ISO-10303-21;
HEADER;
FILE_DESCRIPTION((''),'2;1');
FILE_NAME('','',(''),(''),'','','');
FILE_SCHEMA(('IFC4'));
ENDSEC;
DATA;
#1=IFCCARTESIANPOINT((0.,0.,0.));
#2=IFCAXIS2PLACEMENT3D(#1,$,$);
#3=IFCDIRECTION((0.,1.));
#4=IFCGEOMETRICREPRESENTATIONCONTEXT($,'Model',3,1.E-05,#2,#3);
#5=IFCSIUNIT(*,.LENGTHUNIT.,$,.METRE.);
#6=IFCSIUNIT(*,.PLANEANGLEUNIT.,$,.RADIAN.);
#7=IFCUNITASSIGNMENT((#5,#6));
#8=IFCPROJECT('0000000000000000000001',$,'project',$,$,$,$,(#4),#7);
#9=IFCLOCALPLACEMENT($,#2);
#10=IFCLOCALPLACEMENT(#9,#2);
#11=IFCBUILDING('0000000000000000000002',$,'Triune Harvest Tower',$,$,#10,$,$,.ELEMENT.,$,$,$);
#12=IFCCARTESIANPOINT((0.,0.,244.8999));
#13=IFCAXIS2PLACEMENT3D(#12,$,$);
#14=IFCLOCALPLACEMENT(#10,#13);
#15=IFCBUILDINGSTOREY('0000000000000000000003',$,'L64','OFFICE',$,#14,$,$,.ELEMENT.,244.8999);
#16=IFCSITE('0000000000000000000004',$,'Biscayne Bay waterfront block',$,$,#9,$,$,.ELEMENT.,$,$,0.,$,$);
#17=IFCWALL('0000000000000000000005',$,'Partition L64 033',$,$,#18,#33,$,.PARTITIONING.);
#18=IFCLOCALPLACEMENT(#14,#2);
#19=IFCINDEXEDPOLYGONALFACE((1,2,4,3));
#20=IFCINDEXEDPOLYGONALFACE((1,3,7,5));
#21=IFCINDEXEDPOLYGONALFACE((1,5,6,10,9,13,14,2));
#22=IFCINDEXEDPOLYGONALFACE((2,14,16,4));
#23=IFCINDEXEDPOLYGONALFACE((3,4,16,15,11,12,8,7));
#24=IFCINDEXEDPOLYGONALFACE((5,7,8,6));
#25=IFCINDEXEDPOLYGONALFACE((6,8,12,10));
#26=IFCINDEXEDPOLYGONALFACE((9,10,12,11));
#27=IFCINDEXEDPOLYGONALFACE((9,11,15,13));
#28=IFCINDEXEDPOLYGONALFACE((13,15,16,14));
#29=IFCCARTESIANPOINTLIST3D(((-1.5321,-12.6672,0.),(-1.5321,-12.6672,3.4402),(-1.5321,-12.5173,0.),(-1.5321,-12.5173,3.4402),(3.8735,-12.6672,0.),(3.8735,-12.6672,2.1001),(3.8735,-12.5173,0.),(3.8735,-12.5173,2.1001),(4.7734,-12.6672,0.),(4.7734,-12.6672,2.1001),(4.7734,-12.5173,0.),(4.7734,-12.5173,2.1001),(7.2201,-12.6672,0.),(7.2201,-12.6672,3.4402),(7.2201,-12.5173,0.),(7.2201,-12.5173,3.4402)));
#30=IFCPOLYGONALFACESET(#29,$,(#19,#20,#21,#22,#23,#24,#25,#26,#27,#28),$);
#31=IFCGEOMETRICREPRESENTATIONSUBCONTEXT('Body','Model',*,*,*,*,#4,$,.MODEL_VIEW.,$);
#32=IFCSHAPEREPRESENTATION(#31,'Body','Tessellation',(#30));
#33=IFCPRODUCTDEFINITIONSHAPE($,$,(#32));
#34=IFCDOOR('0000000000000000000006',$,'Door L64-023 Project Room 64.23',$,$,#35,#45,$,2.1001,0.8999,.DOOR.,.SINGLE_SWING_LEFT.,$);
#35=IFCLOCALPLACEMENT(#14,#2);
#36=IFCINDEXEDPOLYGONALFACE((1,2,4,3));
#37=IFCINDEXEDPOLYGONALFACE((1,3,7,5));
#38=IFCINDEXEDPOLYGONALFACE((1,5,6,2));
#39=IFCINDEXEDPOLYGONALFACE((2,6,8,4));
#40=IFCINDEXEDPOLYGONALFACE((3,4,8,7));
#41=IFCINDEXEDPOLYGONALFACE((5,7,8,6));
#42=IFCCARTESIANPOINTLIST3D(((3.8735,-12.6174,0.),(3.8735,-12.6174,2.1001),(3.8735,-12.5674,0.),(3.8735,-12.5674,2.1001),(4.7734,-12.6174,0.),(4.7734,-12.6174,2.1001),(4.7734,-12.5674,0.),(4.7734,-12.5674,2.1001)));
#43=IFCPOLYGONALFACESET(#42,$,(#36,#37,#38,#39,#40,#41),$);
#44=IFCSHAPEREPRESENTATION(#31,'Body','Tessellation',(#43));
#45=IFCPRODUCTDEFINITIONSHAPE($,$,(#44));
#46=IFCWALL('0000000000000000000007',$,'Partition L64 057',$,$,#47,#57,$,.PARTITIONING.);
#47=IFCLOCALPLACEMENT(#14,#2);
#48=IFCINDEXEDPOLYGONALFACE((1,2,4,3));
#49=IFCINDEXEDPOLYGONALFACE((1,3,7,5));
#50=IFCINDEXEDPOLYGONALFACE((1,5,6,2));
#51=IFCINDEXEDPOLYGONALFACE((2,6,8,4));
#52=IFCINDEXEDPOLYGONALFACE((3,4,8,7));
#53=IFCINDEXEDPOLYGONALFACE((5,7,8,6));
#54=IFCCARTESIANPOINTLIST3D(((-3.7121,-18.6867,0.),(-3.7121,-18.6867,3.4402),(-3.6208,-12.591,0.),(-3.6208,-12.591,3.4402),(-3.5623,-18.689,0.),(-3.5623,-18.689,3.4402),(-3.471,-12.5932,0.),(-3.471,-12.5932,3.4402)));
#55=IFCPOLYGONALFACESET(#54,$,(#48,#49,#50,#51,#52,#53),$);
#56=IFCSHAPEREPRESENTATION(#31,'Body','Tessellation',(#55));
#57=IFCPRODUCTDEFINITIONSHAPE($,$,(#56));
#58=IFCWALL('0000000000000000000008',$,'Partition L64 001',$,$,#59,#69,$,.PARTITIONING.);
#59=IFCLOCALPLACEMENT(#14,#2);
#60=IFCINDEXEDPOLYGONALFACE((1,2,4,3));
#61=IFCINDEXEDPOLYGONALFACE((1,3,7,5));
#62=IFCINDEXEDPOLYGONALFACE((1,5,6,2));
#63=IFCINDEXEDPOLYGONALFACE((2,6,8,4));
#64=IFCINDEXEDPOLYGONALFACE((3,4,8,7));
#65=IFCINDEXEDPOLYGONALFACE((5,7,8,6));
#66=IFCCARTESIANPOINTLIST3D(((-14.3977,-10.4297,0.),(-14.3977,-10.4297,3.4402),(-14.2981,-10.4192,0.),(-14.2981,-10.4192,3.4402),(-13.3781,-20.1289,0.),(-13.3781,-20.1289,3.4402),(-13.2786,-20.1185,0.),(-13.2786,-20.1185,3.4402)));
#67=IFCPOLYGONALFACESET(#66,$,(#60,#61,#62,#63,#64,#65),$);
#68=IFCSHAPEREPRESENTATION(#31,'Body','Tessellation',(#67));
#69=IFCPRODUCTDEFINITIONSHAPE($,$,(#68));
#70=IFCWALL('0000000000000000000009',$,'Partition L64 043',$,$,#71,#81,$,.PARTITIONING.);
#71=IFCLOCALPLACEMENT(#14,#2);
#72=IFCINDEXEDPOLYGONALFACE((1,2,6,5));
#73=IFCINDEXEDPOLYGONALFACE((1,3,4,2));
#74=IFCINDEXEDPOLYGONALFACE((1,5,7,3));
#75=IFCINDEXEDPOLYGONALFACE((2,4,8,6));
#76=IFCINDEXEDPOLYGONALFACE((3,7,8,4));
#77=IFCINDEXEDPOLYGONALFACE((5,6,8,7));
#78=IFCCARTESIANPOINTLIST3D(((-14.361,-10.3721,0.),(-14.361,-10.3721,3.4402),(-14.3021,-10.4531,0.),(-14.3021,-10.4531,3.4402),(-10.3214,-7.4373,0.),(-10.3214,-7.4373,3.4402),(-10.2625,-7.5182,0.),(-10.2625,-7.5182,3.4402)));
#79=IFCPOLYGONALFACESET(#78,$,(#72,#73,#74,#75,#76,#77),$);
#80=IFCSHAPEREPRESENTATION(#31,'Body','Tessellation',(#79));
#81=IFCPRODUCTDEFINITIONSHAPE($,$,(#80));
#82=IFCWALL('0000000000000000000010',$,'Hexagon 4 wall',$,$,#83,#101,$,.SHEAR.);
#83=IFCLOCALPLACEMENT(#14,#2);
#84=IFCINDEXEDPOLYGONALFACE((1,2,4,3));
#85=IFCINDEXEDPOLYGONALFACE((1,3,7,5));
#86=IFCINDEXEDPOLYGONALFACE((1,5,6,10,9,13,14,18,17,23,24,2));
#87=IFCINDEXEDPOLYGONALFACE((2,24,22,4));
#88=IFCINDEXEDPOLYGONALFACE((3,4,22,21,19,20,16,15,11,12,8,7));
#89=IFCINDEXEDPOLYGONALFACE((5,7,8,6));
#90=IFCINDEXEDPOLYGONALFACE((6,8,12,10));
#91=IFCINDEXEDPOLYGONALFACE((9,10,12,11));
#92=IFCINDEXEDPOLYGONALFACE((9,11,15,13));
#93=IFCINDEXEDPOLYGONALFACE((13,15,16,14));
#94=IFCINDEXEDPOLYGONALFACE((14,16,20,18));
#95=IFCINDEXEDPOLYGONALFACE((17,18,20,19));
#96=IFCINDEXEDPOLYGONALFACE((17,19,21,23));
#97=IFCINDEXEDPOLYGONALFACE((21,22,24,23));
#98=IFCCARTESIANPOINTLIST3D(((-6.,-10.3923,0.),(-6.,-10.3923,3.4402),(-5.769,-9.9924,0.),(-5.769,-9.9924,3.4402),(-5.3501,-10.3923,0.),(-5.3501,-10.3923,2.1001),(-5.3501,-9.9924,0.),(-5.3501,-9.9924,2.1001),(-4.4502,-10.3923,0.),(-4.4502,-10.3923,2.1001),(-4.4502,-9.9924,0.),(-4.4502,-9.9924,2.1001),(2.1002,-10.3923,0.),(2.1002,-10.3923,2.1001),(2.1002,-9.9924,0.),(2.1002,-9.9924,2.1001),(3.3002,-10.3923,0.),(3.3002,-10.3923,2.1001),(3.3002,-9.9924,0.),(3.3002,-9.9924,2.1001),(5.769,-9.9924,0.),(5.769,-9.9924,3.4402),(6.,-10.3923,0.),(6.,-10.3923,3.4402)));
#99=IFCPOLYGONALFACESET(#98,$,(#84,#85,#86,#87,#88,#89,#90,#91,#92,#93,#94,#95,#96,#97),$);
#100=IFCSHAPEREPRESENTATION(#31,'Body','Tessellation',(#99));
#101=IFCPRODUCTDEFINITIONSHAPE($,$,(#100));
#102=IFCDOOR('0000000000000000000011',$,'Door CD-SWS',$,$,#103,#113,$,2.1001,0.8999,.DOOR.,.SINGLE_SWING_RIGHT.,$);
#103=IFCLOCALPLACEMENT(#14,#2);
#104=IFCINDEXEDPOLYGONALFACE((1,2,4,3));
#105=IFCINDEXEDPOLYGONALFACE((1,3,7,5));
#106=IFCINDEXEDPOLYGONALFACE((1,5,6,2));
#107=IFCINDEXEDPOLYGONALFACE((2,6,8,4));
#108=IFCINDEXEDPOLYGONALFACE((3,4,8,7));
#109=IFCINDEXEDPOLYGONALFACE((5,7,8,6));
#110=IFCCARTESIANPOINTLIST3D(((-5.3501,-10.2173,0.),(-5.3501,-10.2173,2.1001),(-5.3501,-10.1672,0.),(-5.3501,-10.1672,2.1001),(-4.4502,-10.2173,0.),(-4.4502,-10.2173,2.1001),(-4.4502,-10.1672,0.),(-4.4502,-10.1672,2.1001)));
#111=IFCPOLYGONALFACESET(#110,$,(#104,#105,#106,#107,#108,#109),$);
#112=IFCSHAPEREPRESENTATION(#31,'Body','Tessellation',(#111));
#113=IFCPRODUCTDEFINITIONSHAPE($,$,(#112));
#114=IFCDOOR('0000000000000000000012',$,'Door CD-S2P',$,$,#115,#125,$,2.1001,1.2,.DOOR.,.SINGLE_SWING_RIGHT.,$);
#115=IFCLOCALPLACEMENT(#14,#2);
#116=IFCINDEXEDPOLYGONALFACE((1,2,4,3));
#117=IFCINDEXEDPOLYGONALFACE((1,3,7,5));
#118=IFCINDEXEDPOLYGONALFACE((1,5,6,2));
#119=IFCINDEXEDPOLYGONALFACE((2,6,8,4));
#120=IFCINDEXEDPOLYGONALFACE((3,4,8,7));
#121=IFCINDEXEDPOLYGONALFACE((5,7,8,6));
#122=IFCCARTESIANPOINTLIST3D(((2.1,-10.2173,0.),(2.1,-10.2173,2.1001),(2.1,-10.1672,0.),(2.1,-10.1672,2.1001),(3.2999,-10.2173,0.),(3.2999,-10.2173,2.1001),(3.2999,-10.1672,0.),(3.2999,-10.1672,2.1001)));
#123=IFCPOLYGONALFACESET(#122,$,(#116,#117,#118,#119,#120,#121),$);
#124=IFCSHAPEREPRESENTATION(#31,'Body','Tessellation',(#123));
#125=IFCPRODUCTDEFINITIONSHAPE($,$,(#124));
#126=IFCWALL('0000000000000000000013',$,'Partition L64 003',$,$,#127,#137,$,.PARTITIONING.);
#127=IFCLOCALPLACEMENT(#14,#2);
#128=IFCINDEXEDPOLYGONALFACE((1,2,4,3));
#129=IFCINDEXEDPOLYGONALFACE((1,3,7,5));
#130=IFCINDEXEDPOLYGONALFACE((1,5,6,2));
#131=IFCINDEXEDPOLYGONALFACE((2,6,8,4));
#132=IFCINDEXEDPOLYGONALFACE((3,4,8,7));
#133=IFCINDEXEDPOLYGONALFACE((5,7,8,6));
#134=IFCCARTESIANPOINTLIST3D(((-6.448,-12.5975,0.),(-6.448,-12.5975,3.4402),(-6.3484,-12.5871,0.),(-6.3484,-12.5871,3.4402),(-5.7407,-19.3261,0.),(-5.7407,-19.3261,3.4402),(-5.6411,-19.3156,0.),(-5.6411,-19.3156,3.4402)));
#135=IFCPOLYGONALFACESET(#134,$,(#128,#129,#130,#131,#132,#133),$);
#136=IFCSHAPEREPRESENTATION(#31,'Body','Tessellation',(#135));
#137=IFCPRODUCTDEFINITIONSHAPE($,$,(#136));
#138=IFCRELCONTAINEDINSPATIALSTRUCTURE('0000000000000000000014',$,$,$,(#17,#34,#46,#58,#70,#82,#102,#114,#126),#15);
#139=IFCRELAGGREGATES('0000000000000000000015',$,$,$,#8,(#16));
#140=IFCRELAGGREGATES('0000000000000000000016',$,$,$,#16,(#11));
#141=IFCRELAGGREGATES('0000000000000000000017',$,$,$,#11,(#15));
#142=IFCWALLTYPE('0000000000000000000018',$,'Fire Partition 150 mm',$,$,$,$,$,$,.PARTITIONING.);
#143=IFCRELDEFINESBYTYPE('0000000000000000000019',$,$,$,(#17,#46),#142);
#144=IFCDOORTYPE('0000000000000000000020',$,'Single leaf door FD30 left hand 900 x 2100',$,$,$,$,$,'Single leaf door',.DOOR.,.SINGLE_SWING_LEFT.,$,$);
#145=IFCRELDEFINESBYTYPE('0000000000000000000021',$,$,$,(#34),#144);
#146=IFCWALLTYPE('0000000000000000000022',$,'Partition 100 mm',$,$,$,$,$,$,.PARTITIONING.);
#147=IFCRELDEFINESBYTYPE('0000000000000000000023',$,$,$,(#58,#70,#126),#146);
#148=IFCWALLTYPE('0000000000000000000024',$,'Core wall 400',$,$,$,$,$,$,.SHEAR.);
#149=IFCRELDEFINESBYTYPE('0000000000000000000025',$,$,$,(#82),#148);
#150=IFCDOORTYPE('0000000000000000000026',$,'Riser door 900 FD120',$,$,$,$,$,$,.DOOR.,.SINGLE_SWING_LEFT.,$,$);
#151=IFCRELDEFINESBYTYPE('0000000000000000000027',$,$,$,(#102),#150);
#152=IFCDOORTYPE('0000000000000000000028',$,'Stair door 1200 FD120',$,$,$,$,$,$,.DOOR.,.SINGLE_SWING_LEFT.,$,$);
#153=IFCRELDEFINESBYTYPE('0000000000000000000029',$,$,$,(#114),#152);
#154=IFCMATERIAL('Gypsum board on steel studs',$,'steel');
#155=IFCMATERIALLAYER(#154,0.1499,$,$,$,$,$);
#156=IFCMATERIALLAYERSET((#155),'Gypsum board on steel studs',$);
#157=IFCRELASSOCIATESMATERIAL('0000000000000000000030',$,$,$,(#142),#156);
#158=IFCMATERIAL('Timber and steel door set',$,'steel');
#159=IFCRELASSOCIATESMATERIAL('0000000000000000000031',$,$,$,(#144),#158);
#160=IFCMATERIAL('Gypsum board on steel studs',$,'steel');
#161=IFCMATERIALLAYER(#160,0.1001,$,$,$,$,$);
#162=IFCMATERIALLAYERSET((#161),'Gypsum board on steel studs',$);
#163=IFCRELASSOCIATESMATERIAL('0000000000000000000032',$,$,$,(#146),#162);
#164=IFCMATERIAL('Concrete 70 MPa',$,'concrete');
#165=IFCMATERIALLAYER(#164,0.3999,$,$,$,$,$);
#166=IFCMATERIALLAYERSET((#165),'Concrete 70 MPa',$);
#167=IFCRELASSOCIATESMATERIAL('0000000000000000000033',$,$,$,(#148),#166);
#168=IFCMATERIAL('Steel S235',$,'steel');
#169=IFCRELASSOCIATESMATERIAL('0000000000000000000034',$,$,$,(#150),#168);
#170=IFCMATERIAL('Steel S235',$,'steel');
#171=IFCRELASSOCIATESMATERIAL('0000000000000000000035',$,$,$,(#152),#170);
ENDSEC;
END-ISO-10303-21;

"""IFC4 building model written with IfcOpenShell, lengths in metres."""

from ifc_helpers import new_model, si_unit, direction, frame, frame_2d, origin, place, context, subcontext, project, spatial, polyline, rectangle, outline, extrude, source, transform, mapped, material, layer, layer_set, type_object, element, fill, save


model = new_model("IFC4")

# Units and contexts
model_context = context("Model", 3, precision=1e-05, world=origin(), true_north=direction((0.0, 1.0)))
body_context = subcontext(model_context, "Body", "Model", "MODEL_VIEW")
ifc_project = project(units=[si_unit("LENGTHUNIT", "METRE"), si_unit("PLANEANGLEUNIT", "RADIAN")], contexts=[model_context])

# Site, building, storey
site_placement = place(None, origin())
site = spatial("IfcSite", under=ifc_project, at=site_placement, Name="Biscayne Bay waterfront block", CompositionType="ELEMENT", RefElevation=0.0)
building_placement = place(site_placement, origin())
building = spatial("IfcBuilding", under=site, at=building_placement, Name="Triune Harvest Tower", CompositionType="ELEMENT")
storey_placement = place(building_placement, frame((0.0, 0.0, 244.8999)))
storey = spatial("IfcBuildingStorey", under=building, at=storey_placement, Name="L64", Description="OFFICE", CompositionType="ELEMENT", Elevation=244.8999)

# Shared definitions
ifc_material_1 = material(Name="Gypsum board on steel studs", Category="steel")
ifc_layer_1 = layer(ifc_material_1, 0.1499)
ifc_layer_set_1 = layer_set([ifc_layer_1], Name="Gypsum board on steel studs")
wall_type_1 = type_object("IfcWallType", Name="Fire Partition 150 mm", PredefinedType="PARTITIONING", material=ifc_layer_set_1)

# Wall, opening, door
ifc_material_2 = material(Name="Timber and steel door set", Category="steel")
door_type_1 = type_object("IfcDoorType", Name="Single leaf door FD30 left hand 900 x 2100", ElementType="Single leaf door", OperationType="SINGLE_SWING_LEFT", PredefinedType="DOOR", material=ifc_material_2)
wall_1_placement = place(storey_placement, frame((-1.532, -12.5923, 0.0), z_axis=(0.0, 0.0, 1.0), x_axis=(1.0, 0.0, 0.0)))
wall_1 = element("IfcWall", 1, at=wall_1_placement, inside=storey, type_object=wall_type_1, Name="Partition L64 033", PredefinedType="PARTITIONING", context=body_context, shape_type="SweptSolid", body=[
    extrude(rectangle(XDim=8.7522, YDim=0.1499, at=frame_2d((4.376, 0.0))), origin(), (0.0, 0.0, 1.0), 3.4402),
])
opening_1_placement = place(wall_1_placement, frame((5.4055, 0.0, 0.0)))
opening_1 = element("IfcOpeningElement", 2, at=opening_1_placement, cuts=wall_1, PredefinedType="OPENING", context=body_context, shape_type="SweptSolid", body=[
    extrude(rectangle(XDim=0.8999, YDim=2.1001, at=frame_2d((0.45, 1.05))), frame((0.0, 0.085, 0.0), z_axis=(0.0, -1.0, 0.0), x_axis=(1.0, 0.0, 0.0)), (0.0, 0.0, 1.0), 0.1699),
])
door_1_placement = place(opening_1_placement, origin())
door_1 = element("IfcDoor", 3, at=door_1_placement, inside=storey, type_object=door_type_1, Name="Door L64-023 Project Room 64.23", OperationType="SINGLE_SWING_LEFT", OverallHeight=2.1001, OverallWidth=0.8999, PredefinedType="DOOR", context=body_context, shape_type="SweptSolid", body=[
    extrude(rectangle(XDim=0.8999, YDim=2.1001, at=frame_2d((0.45, 1.05))), frame((0.0, 0.0249, 0.0), z_axis=(0.0, -1.0, 0.0), x_axis=(1.0, 0.0, 0.0)), (0.0, 0.0, 1.0), 0.05),
])
fill(opening_1, door_1)

# Walls
wall_2_placement = place(storey_placement, frame((-3.6372, -18.688, 0.0), z_axis=(0.0, 0.0, 1.0), x_axis=(0.014977, 0.999888, 0.0)))
element("IfcWall", 4, at=wall_2_placement, inside=storey, type_object=wall_type_1, Name="Partition L64 057", PredefinedType="PARTITIONING", context=body_context, shape_type="SweptSolid", body=[
    extrude(rectangle(XDim=6.0964, YDim=0.1499, at=frame_2d((3.0483, 0.0))), origin(), (0.0, 0.0, 1.0), 3.4402),
])
ifc_material_3 = material(Name="Gypsum board on steel studs", Category="steel")
ifc_layer_2 = layer(ifc_material_3, 0.1001)
ifc_layer_set_2 = layer_set([ifc_layer_2], Name="Gypsum board on steel studs")
wall_type_2 = type_object("IfcWallType", Name="Partition 100 mm", PredefinedType="PARTITIONING", material=ifc_layer_set_2)
wall_3_placement = place(storey_placement, frame((-14.3479, -10.4243, 0.0), z_axis=(0.0, 0.0, 1.0), x_axis=(0.104539, -0.994521, 0.0)))
element("IfcWall", 5, at=wall_3_placement, inside=storey, type_object=wall_type_2, Name="Partition L64 001", PredefinedType="PARTITIONING", context=body_context, shape_type="SweptSolid", body=[
    extrude(rectangle(XDim=9.7527, YDim=0.1001, at=frame_2d((4.8765, 0.0))), origin(), (0.0, 0.0, 1.0), 3.4402),
])
wall_4_placement = place(storey_placement, frame((-14.3315, -10.4126, 0.0), z_axis=(0.0, 0.0, 1.0), x_axis=(0.809026, 0.587773, 0.0)))
element("IfcWall", 6, at=wall_4_placement, inside=storey, type_object=wall_type_2, Name="Partition L64 043", PredefinedType="PARTITIONING", context=body_context, shape_type="SweptSolid", body=[
    extrude(rectangle(XDim=4.9932, YDim=0.1001, at=frame_2d((2.4966, 0.0))), origin(), (0.0, 0.0, 1.0), 3.4402),
])

# Wall, openings, doors
ifc_material_4 = material(Name="Concrete 70 MPa", Category="concrete")
ifc_layer_3 = layer(ifc_material_4, 0.3999)
ifc_layer_set_3 = layer_set([ifc_layer_3], Name="Concrete 70 MPa")
wall_type_3 = type_object("IfcWallType", Name="Core wall 400", PredefinedType="SHEAR", material=ifc_layer_set_3)
shared_shape_1 = source(origin(), body_context, "Body", "SweptSolid", [
    extrude(outline(polyline([(-0.1155, -0.2), (11.8845, -0.2), (11.6536, 0.2), (0.1155, 0.2), (-0.1155, -0.2)])), origin(), (0.0, 0.0, 1.0), 3.4402),
])
wall_5_placement = place(storey_placement, frame((-5.8845, -10.1924, 0.0), z_axis=(0.0, 0.0, 1.0), x_axis=(1.0, 0.0, 0.0)))
wall_5 = element("IfcWall", 7, at=wall_5_placement, inside=storey, type_object=wall_type_3, Name="Hexagon 4 wall", PredefinedType="SHEAR", context=body_context, shape_type="MappedRepresentation", body=[
    mapped(shared_shape_1, transform((0.0, 0.0, 0.0), scale=1.0)),
])
opening_2_placement = place(wall_5_placement, frame((7.9846, 0.0, 0.0)))
opening_2 = element("IfcOpeningElement", 8, at=opening_2_placement, cuts=wall_5, PredefinedType="OPENING", context=body_context, shape_type="SweptSolid", body=[
    extrude(rectangle(XDim=1.2, YDim=2.1001, at=frame_2d((0.6001, 1.05))), frame((0.0, 0.21, 0.0), z_axis=(0.0, -1.0, 0.0), x_axis=(1.0, 0.0, 0.0)), (0.0, 0.0, 1.0), 0.4199),
])
opening_3_placement = place(wall_5_placement, frame((0.5344, 0.0, 0.0)))
opening_3 = element("IfcOpeningElement", 9, at=opening_3_placement, cuts=wall_5, PredefinedType="OPENING", context=body_context, shape_type="SweptSolid", body=[
    extrude(rectangle(XDim=0.8999, YDim=2.1001, at=frame_2d((0.45, 1.05))), frame((0.0, 0.21, 0.0), z_axis=(0.0, -1.0, 0.0), x_axis=(1.0, 0.0, 0.0)), (0.0, 0.0, 1.0), 0.4199),
])
ifc_material_5 = material(Name="Steel S235", Category="steel")
door_type_2 = type_object("IfcDoorType", Name="Riser door 900 FD120", OperationType="SINGLE_SWING_LEFT", PredefinedType="DOOR", material=ifc_material_5)
door_2_placement = place(opening_3_placement, frame((0.8999, 0.0, 0.0), z_axis=(0.0, 0.0, 1.0), x_axis=(-1.0, 0.0, 0.0)))
door_2 = element("IfcDoor", 10, at=door_2_placement, inside=storey, type_object=door_type_2, Name="Door CD-SWS", OperationType="SINGLE_SWING_RIGHT", OverallHeight=2.1001, OverallWidth=0.8999, PredefinedType="DOOR", context=body_context, shape_type="SweptSolid", body=[
    extrude(rectangle(XDim=0.8999, YDim=2.1001, at=frame_2d((0.45, 1.05))), frame((0.0, 0.0249, 0.0), z_axis=(0.0, -1.0, 0.0), x_axis=(1.0, 0.0, 0.0)), (0.0, 0.0, 1.0), 0.05),
])
fill(opening_3, door_2)
ifc_material_6 = material(Name="Steel S235", Category="steel")
door_type_3 = type_object("IfcDoorType", Name="Stair door 1200 FD120", OperationType="SINGLE_SWING_LEFT", PredefinedType="DOOR", material=ifc_material_6)
door_3_placement = place(opening_2_placement, frame((1.2, 0.0, 0.0), z_axis=(0.0, 0.0, 1.0), x_axis=(-1.0, 0.0, 0.0)))
door_3 = element("IfcDoor", 11, at=door_3_placement, inside=storey, type_object=door_type_3, Name="Door CD-S2P", OperationType="SINGLE_SWING_RIGHT", OverallHeight=2.1001, OverallWidth=1.2, PredefinedType="DOOR", context=body_context, shape_type="SweptSolid", body=[
    extrude(rectangle(XDim=1.2, YDim=2.1001, at=frame_2d((0.6001, 1.05))), frame((0.0, 0.0249, 0.0), z_axis=(0.0, -1.0, 0.0), x_axis=(1.0, 0.0, 0.0)), (0.0, 0.0, 1.0), 0.05),
])
fill(opening_2, door_3)

# Wall
shared_shape_2 = source(origin(), body_context, "Body", "SweptSolid", [
    extrude(rectangle(XDim=6.7656, YDim=0.1001, at=frame_2d((3.3828, 0.0))), origin(), (0.0, 0.0, 1.0), 3.4402),
])
wall_6_placement = place(storey_placement, frame((-6.3982, -12.5923, 0.0), z_axis=(0.0, 0.0, 1.0), x_axis=(0.10454, -0.994521, 0.0)))
element("IfcWall", 12, at=wall_6_placement, inside=storey, type_object=wall_type_2, Name="Partition L64 003", PredefinedType="PARTITIONING", context=body_context, shape_type="MappedRepresentation", body=[
    mapped(shared_shape_2, transform((0.0, 0.0, 0.0), scale=1.0)),
])

save(model, "model.ifc")
